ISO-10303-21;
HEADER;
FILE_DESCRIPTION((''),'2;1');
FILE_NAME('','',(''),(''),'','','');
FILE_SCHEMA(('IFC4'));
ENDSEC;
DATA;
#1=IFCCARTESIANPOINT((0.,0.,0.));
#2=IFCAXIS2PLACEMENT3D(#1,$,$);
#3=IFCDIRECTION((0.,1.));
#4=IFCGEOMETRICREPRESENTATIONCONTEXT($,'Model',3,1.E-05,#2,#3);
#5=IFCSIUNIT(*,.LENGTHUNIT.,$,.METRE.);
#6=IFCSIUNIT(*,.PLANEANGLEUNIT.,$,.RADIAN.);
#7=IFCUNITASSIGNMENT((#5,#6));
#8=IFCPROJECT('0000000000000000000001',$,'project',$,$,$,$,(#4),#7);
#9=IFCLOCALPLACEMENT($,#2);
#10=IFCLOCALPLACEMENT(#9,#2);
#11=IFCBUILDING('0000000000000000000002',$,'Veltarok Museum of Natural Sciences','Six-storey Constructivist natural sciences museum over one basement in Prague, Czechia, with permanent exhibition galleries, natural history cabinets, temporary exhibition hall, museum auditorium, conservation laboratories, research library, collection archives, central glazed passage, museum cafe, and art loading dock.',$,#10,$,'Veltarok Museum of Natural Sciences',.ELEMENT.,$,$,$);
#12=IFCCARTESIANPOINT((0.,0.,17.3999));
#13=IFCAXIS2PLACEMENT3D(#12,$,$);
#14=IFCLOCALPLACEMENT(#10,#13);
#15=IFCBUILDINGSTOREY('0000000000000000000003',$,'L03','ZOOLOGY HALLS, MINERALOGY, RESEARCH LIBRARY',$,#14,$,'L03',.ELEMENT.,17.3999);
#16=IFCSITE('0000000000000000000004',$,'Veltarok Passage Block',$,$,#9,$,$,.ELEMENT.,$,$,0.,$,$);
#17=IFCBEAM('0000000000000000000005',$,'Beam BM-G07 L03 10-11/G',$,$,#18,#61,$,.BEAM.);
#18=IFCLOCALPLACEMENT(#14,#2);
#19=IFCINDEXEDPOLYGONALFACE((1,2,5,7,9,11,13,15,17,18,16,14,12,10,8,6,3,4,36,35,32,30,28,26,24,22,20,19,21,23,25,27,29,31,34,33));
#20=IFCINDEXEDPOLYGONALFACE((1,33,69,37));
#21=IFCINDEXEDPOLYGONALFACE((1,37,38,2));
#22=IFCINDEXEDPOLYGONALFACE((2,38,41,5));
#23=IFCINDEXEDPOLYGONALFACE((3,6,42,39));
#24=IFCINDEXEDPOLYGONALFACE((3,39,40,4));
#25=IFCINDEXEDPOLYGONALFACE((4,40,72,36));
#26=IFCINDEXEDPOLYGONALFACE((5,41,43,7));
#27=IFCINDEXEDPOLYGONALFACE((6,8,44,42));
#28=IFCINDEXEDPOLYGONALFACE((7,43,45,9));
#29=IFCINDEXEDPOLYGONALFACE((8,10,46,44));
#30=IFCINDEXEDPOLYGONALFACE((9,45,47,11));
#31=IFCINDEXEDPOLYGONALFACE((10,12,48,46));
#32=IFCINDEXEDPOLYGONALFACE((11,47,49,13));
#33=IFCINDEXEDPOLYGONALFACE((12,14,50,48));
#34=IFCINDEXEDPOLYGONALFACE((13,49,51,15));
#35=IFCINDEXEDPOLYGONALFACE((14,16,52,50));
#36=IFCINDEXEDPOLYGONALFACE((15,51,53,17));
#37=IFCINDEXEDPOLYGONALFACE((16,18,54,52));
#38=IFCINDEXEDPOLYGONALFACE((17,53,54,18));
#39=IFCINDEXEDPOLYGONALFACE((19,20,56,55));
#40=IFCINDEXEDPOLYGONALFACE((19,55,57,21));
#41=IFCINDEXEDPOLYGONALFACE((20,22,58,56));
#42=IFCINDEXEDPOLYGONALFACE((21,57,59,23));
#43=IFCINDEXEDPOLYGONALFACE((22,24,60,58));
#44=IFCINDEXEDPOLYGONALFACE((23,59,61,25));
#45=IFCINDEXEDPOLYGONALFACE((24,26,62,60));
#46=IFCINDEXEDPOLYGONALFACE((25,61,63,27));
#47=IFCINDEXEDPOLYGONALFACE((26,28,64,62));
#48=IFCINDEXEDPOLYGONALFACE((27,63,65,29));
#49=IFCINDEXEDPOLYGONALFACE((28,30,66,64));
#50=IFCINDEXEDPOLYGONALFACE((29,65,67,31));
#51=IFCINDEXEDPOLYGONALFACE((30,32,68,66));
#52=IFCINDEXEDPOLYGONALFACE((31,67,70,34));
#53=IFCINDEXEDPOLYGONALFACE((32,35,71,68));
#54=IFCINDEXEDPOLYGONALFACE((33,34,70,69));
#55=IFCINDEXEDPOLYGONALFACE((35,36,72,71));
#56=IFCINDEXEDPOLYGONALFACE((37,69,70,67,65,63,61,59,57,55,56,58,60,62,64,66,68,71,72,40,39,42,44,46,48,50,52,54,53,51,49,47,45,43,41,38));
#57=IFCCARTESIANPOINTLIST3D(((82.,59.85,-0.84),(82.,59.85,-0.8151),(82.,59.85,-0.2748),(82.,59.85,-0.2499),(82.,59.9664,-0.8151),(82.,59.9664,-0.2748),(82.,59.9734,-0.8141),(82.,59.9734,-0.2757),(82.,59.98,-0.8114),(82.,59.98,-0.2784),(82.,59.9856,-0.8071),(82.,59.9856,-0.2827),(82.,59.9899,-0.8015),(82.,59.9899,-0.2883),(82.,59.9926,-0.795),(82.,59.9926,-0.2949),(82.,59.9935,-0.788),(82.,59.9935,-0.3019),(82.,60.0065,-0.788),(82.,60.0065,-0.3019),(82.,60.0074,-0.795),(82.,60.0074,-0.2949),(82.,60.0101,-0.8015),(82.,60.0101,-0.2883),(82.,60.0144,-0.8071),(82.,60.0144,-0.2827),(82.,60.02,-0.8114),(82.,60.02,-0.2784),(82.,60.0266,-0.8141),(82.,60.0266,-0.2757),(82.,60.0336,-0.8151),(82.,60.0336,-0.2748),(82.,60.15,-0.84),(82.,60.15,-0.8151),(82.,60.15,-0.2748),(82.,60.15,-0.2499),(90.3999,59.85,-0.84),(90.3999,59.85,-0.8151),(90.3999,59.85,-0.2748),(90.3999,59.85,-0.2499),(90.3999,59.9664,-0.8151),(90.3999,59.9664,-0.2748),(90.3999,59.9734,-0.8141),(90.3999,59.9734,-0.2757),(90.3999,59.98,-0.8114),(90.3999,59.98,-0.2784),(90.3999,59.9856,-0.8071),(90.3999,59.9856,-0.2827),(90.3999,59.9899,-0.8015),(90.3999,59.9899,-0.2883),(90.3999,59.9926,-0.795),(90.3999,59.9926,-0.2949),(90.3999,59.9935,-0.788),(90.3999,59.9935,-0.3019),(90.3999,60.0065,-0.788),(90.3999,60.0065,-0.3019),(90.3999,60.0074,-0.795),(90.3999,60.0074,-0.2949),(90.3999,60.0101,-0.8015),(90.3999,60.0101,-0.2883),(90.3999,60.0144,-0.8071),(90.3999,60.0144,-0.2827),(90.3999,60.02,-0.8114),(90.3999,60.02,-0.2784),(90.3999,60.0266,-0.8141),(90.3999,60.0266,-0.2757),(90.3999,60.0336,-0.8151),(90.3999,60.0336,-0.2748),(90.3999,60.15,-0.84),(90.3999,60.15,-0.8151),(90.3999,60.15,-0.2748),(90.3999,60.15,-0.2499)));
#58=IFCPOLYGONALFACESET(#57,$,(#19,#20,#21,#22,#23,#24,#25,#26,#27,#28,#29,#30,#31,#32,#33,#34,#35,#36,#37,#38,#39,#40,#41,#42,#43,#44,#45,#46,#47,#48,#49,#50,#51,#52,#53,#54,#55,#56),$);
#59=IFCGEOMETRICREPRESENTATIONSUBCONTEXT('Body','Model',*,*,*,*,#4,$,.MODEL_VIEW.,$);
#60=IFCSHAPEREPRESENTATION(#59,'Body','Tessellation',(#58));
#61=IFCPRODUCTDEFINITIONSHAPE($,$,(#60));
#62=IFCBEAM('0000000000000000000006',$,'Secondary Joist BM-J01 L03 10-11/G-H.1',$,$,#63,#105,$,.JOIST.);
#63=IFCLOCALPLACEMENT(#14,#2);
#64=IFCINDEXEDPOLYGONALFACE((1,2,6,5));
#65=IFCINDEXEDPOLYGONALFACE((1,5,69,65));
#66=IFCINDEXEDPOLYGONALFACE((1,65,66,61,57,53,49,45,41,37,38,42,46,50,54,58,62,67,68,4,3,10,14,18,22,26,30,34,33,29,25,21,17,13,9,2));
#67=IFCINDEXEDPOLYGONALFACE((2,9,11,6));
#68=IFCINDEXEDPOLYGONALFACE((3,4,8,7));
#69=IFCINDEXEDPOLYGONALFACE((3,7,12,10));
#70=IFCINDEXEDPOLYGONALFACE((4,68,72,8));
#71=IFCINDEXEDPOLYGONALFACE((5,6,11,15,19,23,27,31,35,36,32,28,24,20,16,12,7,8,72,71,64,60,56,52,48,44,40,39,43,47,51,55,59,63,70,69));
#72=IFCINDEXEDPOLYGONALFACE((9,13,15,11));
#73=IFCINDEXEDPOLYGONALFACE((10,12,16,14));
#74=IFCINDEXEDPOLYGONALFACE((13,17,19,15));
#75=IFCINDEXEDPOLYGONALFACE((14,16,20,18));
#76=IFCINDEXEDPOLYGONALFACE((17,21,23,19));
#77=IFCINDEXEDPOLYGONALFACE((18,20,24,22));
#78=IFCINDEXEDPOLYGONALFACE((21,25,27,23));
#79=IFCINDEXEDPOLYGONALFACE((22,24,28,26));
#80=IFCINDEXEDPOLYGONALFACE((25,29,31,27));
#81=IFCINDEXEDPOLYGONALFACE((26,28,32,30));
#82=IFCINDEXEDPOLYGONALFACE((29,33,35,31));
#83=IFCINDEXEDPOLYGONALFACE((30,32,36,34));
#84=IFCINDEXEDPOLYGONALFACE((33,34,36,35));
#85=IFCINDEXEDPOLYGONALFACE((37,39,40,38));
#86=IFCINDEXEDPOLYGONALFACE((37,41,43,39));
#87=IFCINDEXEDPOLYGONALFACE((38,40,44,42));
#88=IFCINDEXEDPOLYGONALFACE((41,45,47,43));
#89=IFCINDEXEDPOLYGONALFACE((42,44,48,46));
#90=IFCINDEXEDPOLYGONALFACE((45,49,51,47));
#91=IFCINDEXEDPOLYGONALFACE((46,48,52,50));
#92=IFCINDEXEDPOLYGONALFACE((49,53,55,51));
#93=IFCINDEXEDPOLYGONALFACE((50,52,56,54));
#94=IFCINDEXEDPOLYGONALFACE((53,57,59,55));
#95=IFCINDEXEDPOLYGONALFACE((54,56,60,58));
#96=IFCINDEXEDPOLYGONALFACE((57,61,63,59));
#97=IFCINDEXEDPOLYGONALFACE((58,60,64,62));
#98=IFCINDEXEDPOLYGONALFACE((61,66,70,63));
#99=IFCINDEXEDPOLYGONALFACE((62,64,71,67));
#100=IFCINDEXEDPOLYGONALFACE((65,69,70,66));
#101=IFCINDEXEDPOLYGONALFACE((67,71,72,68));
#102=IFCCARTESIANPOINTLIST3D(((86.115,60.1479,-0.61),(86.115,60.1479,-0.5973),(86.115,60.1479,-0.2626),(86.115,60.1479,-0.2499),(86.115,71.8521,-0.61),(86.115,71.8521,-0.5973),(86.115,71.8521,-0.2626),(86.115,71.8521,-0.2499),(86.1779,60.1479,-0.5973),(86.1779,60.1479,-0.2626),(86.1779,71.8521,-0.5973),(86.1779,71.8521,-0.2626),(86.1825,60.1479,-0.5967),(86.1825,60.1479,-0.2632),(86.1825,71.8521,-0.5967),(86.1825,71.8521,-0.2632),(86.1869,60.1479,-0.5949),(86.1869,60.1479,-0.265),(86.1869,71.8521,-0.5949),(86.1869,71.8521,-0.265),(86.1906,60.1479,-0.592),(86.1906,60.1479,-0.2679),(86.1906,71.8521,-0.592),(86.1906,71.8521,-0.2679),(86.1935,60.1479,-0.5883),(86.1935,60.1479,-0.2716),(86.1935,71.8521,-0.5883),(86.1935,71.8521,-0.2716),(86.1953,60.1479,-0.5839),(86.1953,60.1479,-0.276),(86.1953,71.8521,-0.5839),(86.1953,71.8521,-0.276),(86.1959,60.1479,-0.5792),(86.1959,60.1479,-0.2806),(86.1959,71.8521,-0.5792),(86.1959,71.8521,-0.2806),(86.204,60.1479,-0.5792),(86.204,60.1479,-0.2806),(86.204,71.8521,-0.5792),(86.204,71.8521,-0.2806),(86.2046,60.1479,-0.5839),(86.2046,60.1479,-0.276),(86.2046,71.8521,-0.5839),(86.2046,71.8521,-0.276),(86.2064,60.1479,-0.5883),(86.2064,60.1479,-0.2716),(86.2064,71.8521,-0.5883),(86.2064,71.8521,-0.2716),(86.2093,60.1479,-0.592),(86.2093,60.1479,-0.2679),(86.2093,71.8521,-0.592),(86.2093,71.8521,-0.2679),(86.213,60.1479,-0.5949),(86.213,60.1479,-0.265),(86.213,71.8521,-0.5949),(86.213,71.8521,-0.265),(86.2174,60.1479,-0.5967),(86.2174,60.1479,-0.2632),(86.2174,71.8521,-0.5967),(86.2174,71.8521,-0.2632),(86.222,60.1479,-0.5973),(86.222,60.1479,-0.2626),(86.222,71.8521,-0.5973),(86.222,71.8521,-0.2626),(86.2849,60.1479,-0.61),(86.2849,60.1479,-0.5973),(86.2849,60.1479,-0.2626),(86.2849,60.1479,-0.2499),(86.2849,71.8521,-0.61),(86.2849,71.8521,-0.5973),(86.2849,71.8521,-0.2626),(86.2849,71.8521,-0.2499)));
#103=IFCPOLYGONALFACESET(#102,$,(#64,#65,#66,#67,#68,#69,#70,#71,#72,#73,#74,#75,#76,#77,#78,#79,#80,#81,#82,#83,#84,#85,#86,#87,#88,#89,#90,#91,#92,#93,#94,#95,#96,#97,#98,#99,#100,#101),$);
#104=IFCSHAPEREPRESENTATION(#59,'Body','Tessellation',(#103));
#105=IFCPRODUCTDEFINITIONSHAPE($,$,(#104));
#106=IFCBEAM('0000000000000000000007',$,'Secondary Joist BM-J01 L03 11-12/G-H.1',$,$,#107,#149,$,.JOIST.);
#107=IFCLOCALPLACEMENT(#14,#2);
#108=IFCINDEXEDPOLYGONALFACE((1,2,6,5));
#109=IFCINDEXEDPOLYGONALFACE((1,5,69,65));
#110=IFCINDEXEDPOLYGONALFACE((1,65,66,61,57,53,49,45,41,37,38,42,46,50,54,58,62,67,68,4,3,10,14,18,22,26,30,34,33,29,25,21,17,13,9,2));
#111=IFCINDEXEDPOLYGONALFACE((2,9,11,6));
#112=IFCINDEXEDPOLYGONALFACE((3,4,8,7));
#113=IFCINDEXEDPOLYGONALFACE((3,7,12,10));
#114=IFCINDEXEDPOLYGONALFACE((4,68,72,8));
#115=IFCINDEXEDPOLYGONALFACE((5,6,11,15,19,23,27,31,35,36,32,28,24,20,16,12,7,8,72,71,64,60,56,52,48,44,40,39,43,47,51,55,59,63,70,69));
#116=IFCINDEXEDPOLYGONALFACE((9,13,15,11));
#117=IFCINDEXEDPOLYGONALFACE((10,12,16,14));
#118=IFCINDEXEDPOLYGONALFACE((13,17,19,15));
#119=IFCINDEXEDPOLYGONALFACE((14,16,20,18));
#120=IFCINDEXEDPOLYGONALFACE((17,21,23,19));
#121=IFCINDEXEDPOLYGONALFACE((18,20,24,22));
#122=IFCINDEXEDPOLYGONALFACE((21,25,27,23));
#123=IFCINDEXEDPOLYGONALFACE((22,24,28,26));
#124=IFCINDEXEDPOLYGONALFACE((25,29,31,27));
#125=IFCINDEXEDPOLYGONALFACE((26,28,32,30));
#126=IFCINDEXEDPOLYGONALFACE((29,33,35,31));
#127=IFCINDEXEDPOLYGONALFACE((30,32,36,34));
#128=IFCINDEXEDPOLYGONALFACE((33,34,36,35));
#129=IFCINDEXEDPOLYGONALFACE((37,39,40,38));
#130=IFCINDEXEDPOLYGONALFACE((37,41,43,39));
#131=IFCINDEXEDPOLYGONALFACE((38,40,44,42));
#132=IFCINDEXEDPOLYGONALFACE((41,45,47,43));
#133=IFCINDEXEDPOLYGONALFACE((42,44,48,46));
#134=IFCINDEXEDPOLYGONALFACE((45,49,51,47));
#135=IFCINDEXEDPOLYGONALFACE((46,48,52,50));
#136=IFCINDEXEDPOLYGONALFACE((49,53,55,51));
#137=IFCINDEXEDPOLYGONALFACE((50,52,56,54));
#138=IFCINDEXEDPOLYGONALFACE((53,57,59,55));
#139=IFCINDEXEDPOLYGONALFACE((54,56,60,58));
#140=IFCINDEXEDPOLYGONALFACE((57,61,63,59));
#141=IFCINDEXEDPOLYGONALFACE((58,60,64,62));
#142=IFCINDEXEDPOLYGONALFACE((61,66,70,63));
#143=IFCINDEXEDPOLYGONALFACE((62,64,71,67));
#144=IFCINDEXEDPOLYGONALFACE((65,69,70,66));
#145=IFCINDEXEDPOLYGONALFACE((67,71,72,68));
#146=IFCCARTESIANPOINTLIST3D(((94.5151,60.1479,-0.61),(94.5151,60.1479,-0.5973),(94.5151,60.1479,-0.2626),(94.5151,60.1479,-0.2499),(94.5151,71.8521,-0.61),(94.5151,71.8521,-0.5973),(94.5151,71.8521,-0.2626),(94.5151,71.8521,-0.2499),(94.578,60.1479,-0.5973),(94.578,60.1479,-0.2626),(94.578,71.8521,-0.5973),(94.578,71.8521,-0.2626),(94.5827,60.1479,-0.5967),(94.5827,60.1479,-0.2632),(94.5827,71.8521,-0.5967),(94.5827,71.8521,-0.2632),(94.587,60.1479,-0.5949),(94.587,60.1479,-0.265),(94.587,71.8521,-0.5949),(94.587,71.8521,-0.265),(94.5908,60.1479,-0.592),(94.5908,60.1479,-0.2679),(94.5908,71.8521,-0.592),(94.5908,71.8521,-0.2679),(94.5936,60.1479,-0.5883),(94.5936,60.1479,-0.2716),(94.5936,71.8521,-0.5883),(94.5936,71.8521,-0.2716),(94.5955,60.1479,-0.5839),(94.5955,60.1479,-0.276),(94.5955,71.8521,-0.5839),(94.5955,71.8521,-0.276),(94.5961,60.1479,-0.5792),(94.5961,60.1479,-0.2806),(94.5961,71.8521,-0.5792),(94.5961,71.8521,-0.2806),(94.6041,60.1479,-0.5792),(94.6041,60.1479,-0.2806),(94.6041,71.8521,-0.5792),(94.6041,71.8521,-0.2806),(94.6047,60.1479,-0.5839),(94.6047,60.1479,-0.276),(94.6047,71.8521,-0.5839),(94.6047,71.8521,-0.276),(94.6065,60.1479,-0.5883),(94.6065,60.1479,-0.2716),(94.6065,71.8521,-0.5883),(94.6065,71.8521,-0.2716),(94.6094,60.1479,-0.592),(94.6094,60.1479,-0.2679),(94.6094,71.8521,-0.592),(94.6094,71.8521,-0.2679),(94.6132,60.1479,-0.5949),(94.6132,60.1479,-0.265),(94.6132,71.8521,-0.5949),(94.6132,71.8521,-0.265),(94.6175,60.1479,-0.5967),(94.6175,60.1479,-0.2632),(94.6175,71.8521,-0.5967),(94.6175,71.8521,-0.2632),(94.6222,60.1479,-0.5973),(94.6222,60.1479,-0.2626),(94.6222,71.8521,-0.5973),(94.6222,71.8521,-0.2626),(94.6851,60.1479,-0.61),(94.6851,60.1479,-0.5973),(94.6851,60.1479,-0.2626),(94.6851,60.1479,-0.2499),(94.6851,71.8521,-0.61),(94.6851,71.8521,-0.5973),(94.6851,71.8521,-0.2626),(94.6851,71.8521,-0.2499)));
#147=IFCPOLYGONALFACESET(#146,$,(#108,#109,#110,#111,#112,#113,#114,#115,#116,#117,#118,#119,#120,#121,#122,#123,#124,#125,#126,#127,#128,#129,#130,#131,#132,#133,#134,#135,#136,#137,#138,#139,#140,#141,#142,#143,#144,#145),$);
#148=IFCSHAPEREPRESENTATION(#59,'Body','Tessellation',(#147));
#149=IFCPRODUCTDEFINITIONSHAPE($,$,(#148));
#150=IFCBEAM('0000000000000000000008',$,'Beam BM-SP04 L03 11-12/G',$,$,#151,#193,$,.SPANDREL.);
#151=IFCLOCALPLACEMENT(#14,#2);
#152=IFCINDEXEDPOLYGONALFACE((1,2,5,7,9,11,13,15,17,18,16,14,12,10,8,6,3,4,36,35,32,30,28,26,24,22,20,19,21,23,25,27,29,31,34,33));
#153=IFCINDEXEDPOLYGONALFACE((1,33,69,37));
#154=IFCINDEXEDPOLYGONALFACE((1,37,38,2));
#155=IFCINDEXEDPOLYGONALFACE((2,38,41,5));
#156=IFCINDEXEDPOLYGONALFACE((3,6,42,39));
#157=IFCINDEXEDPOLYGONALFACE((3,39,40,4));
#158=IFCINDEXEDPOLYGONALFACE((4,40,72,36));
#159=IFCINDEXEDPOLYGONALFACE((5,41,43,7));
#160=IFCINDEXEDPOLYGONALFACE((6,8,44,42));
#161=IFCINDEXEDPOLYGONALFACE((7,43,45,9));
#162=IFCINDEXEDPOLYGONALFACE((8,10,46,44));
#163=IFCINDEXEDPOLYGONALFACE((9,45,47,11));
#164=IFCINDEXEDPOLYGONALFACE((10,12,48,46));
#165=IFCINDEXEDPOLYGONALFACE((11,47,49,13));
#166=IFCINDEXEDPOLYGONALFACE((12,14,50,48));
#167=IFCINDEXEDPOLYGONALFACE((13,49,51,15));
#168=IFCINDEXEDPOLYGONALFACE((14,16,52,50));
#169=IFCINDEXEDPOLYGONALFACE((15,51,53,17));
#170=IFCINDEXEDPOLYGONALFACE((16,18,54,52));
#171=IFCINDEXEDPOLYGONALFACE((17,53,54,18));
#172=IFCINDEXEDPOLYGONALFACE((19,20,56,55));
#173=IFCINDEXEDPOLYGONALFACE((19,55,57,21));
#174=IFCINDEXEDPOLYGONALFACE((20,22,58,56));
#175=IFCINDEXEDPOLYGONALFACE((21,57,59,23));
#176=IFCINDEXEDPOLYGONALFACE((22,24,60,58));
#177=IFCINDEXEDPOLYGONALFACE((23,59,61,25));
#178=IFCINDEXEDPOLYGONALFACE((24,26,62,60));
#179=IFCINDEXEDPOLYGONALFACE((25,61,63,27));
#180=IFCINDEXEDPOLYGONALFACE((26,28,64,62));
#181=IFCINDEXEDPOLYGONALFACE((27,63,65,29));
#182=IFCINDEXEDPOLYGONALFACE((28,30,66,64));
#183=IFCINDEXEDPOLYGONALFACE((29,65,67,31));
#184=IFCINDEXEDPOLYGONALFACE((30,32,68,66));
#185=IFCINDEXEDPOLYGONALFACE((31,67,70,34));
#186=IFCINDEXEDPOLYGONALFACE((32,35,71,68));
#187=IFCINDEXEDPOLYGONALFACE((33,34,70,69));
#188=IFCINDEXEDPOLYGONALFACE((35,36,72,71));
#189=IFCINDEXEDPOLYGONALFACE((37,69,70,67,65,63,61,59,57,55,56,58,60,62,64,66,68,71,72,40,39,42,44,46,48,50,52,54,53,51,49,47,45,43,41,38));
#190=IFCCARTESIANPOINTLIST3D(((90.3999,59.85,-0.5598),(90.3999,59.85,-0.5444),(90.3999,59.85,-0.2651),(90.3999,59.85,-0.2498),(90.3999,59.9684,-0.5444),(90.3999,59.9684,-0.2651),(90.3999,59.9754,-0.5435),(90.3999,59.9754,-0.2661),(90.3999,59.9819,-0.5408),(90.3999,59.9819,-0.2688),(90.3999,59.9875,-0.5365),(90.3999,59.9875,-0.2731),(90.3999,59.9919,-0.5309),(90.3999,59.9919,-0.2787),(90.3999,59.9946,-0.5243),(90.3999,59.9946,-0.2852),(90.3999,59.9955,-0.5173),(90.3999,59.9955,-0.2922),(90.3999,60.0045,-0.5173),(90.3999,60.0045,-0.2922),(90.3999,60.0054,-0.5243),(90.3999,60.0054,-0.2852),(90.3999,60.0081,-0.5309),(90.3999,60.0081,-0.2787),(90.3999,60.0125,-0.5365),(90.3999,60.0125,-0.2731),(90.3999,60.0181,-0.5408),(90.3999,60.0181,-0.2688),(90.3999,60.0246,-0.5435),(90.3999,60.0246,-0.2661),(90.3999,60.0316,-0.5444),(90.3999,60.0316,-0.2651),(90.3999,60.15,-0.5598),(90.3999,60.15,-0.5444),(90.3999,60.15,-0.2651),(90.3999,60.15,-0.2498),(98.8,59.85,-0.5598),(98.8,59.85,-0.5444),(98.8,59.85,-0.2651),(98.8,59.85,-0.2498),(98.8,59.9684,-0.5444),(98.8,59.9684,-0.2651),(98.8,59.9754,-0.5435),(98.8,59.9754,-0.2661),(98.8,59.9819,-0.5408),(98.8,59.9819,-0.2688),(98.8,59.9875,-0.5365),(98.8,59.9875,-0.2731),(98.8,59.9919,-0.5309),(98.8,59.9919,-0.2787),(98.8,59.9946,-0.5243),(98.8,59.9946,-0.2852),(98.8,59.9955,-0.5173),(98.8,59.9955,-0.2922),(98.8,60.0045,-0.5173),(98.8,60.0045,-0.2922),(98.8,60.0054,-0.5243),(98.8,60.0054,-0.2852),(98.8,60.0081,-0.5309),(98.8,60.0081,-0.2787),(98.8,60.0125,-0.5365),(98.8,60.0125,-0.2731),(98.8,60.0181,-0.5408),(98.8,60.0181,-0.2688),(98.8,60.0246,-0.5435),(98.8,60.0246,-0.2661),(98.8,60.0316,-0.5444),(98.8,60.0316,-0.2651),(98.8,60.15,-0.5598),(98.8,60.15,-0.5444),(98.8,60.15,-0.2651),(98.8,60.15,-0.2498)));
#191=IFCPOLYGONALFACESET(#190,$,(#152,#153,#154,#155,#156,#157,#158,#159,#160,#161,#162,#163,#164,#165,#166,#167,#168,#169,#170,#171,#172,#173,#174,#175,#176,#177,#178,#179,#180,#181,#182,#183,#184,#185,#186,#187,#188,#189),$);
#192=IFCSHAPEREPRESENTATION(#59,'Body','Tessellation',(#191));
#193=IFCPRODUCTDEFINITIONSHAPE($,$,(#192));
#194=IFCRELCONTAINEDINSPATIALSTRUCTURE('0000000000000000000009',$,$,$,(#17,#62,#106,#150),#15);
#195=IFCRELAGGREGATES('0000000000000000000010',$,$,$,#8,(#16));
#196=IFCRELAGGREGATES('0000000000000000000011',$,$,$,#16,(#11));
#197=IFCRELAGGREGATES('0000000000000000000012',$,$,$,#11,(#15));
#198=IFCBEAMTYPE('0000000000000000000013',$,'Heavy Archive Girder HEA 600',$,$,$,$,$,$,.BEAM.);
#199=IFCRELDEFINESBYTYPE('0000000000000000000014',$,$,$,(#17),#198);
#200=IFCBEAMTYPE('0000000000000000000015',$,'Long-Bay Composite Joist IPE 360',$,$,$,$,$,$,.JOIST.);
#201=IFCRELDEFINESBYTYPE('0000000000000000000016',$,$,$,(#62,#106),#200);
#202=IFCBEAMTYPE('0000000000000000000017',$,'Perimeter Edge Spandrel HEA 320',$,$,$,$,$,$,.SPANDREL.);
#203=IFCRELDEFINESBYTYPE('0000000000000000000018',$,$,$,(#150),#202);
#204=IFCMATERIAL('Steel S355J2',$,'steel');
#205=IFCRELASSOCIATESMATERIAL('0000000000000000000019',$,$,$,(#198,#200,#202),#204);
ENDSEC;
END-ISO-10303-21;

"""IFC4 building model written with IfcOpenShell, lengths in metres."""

from ifc_helpers import new_model, si_unit, direction, frame, origin, origin_2d, place, context, subcontext, project, spatial, i_section, extrude, material, material_profile, profile_set, type_object, element, save


model = new_model("IFC4")

# Units and contexts
model_context = context("Model", 3, precision=1e-05, world=origin(), true_north=direction((0.0, 1.0)))
body_context = subcontext(model_context, "Body", "Model", "MODEL_VIEW")
ifc_project = project(units=[si_unit("LENGTHUNIT", "METRE"), si_unit("PLANEANGLEUNIT", "RADIAN")], contexts=[model_context])

# Site, building, storey
site_placement = place(None, origin())
site = spatial("IfcSite", under=ifc_project, at=site_placement, Name="Veltarok Passage Block", CompositionType="ELEMENT", RefElevation=0.0)
building_placement = place(site_placement, origin())
building = spatial("IfcBuilding", under=site, at=building_placement, Name="Veltarok Museum of Natural Sciences", Description="Six-storey Constructivist natural sciences museum over one basement in Prague, Czechia, with permanent exhibition galleries, natural history cabinets, temporary exhibition hall, museum auditorium, conservation laboratories, research library, collection archives, central glazed passage, museum cafe, and art loading dock.", LongName="Veltarok Museum of Natural Sciences", CompositionType="ELEMENT")
storey_placement = place(building_placement, frame((0.0, 0.0, 17.3999)))
storey = spatial("IfcBuildingStorey", under=building, at=storey_placement, Name="L03", Description="ZOOLOGY HALLS, MINERALOGY, RESEARCH LIBRARY", LongName="L03", CompositionType="ELEMENT", Elevation=17.3999)

# Shared definitions
ifc_material_1 = material(Name="Steel S355J2", Category="steel")

# Beams
ifc_material_profile_1 = material_profile(ifc_material_1, i_section(OverallWidth=0.3, OverallDepth=0.5901, WebThickness=0.0129, FlangeThickness=0.0249, FilletRadius=0.0271, at=origin_2d()), Name="HEA 600")
ifc_profile_set_1 = profile_set([ifc_material_profile_1], Name="Steel S355J2")
beam_type_1 = type_object("IfcBeamType", Name="Heavy Archive Girder HEA 600", PredefinedType="BEAM", material=ifc_profile_set_1)
beam_1_placement = place(storey_placement, frame((82.0, 60.0, -0.5449), z_axis=(1.0, 0.0, 0.0), x_axis=(0.0, 1.0, 0.0)))
element("IfcBeam", 1, at=beam_1_placement, inside=storey, type_object=beam_type_1, Name="Beam BM-G07 L03 10-11/G", PredefinedType="BEAM", context=body_context, shape_type="SweptSolid", body=[
    extrude(i_section(OverallWidth=0.3, OverallDepth=0.5901, WebThickness=0.0129, FlangeThickness=0.0249, FilletRadius=0.0271, at=origin_2d()), origin(), (0.0, 0.0, 1.0), 8.3999),
])
ifc_material_profile_2 = material_profile(ifc_material_1, i_section(OverallWidth=0.1699, OverallDepth=0.3601, WebThickness=0.0081, FlangeThickness=0.0127, FilletRadius=0.0181, at=origin_2d()), Name="IPE 360")
ifc_profile_set_2 = profile_set([ifc_material_profile_2], Name="Steel S355J2")
beam_type_2 = type_object("IfcBeamType", Name="Long-Bay Composite Joist IPE 360", PredefinedType="JOIST", material=ifc_profile_set_2)
for number, where, z_axis, x_axis, name in (
    (2, (86.2, 60.1479, -0.4299), (0.0, 1.0, 0.0), (-1.0, 0.0, 0.0), "Secondary Joist BM-J01 L03 10-11/G-H.1"),
    (3, (94.6001, 60.1479, -0.4299), (0.0, 1.0, 0.0), (-1.0, 0.0, 0.0), "Secondary Joist BM-J01 L03 11-12/G-H.1"),
):
    element("IfcBeam", number, at=place(storey_placement, frame(where, z_axis=z_axis, x_axis=x_axis)), inside=storey, type_object=beam_type_2, Name=name, PredefinedType="JOIST", context=body_context, shape_type="SweptSolid", body=[
        extrude(i_section(OverallWidth=0.1699, OverallDepth=0.3601, WebThickness=0.0081, FlangeThickness=0.0127, FilletRadius=0.0181, at=origin_2d()), origin(), (0.0, 0.0, 1.0), 11.7041),
    ])
ifc_material_profile_3 = material_profile(ifc_material_1, i_section(OverallWidth=0.3, OverallDepth=0.3101, WebThickness=0.009, FlangeThickness=0.0154, FilletRadius=0.0271, at=origin_2d()), Name="HEA 320")
ifc_profile_set_3 = profile_set([ifc_material_profile_3], Name="Steel S355J2")
beam_type_3 = type_object("IfcBeamType", Name="Perimeter Edge Spandrel HEA 320", PredefinedType="SPANDREL", material=ifc_profile_set_3)
beam_2_placement = place(storey_placement, frame((90.3999, 60.0, -0.4048), z_axis=(1.0, 0.0, 0.0), x_axis=(0.0, 1.0, 0.0)))
element("IfcBeam", 4, at=beam_2_placement, inside=storey, type_object=beam_type_3, Name="Beam BM-SP04 L03 11-12/G", PredefinedType="SPANDREL", context=body_context, shape_type="SweptSolid", body=[
    extrude(i_section(OverallWidth=0.3, OverallDepth=0.3101, WebThickness=0.009, FlangeThickness=0.0154, FilletRadius=0.0271, at=origin_2d()), origin(), (0.0, 0.0, 1.0), 8.4001),
])

save(model, "model.ifc")
